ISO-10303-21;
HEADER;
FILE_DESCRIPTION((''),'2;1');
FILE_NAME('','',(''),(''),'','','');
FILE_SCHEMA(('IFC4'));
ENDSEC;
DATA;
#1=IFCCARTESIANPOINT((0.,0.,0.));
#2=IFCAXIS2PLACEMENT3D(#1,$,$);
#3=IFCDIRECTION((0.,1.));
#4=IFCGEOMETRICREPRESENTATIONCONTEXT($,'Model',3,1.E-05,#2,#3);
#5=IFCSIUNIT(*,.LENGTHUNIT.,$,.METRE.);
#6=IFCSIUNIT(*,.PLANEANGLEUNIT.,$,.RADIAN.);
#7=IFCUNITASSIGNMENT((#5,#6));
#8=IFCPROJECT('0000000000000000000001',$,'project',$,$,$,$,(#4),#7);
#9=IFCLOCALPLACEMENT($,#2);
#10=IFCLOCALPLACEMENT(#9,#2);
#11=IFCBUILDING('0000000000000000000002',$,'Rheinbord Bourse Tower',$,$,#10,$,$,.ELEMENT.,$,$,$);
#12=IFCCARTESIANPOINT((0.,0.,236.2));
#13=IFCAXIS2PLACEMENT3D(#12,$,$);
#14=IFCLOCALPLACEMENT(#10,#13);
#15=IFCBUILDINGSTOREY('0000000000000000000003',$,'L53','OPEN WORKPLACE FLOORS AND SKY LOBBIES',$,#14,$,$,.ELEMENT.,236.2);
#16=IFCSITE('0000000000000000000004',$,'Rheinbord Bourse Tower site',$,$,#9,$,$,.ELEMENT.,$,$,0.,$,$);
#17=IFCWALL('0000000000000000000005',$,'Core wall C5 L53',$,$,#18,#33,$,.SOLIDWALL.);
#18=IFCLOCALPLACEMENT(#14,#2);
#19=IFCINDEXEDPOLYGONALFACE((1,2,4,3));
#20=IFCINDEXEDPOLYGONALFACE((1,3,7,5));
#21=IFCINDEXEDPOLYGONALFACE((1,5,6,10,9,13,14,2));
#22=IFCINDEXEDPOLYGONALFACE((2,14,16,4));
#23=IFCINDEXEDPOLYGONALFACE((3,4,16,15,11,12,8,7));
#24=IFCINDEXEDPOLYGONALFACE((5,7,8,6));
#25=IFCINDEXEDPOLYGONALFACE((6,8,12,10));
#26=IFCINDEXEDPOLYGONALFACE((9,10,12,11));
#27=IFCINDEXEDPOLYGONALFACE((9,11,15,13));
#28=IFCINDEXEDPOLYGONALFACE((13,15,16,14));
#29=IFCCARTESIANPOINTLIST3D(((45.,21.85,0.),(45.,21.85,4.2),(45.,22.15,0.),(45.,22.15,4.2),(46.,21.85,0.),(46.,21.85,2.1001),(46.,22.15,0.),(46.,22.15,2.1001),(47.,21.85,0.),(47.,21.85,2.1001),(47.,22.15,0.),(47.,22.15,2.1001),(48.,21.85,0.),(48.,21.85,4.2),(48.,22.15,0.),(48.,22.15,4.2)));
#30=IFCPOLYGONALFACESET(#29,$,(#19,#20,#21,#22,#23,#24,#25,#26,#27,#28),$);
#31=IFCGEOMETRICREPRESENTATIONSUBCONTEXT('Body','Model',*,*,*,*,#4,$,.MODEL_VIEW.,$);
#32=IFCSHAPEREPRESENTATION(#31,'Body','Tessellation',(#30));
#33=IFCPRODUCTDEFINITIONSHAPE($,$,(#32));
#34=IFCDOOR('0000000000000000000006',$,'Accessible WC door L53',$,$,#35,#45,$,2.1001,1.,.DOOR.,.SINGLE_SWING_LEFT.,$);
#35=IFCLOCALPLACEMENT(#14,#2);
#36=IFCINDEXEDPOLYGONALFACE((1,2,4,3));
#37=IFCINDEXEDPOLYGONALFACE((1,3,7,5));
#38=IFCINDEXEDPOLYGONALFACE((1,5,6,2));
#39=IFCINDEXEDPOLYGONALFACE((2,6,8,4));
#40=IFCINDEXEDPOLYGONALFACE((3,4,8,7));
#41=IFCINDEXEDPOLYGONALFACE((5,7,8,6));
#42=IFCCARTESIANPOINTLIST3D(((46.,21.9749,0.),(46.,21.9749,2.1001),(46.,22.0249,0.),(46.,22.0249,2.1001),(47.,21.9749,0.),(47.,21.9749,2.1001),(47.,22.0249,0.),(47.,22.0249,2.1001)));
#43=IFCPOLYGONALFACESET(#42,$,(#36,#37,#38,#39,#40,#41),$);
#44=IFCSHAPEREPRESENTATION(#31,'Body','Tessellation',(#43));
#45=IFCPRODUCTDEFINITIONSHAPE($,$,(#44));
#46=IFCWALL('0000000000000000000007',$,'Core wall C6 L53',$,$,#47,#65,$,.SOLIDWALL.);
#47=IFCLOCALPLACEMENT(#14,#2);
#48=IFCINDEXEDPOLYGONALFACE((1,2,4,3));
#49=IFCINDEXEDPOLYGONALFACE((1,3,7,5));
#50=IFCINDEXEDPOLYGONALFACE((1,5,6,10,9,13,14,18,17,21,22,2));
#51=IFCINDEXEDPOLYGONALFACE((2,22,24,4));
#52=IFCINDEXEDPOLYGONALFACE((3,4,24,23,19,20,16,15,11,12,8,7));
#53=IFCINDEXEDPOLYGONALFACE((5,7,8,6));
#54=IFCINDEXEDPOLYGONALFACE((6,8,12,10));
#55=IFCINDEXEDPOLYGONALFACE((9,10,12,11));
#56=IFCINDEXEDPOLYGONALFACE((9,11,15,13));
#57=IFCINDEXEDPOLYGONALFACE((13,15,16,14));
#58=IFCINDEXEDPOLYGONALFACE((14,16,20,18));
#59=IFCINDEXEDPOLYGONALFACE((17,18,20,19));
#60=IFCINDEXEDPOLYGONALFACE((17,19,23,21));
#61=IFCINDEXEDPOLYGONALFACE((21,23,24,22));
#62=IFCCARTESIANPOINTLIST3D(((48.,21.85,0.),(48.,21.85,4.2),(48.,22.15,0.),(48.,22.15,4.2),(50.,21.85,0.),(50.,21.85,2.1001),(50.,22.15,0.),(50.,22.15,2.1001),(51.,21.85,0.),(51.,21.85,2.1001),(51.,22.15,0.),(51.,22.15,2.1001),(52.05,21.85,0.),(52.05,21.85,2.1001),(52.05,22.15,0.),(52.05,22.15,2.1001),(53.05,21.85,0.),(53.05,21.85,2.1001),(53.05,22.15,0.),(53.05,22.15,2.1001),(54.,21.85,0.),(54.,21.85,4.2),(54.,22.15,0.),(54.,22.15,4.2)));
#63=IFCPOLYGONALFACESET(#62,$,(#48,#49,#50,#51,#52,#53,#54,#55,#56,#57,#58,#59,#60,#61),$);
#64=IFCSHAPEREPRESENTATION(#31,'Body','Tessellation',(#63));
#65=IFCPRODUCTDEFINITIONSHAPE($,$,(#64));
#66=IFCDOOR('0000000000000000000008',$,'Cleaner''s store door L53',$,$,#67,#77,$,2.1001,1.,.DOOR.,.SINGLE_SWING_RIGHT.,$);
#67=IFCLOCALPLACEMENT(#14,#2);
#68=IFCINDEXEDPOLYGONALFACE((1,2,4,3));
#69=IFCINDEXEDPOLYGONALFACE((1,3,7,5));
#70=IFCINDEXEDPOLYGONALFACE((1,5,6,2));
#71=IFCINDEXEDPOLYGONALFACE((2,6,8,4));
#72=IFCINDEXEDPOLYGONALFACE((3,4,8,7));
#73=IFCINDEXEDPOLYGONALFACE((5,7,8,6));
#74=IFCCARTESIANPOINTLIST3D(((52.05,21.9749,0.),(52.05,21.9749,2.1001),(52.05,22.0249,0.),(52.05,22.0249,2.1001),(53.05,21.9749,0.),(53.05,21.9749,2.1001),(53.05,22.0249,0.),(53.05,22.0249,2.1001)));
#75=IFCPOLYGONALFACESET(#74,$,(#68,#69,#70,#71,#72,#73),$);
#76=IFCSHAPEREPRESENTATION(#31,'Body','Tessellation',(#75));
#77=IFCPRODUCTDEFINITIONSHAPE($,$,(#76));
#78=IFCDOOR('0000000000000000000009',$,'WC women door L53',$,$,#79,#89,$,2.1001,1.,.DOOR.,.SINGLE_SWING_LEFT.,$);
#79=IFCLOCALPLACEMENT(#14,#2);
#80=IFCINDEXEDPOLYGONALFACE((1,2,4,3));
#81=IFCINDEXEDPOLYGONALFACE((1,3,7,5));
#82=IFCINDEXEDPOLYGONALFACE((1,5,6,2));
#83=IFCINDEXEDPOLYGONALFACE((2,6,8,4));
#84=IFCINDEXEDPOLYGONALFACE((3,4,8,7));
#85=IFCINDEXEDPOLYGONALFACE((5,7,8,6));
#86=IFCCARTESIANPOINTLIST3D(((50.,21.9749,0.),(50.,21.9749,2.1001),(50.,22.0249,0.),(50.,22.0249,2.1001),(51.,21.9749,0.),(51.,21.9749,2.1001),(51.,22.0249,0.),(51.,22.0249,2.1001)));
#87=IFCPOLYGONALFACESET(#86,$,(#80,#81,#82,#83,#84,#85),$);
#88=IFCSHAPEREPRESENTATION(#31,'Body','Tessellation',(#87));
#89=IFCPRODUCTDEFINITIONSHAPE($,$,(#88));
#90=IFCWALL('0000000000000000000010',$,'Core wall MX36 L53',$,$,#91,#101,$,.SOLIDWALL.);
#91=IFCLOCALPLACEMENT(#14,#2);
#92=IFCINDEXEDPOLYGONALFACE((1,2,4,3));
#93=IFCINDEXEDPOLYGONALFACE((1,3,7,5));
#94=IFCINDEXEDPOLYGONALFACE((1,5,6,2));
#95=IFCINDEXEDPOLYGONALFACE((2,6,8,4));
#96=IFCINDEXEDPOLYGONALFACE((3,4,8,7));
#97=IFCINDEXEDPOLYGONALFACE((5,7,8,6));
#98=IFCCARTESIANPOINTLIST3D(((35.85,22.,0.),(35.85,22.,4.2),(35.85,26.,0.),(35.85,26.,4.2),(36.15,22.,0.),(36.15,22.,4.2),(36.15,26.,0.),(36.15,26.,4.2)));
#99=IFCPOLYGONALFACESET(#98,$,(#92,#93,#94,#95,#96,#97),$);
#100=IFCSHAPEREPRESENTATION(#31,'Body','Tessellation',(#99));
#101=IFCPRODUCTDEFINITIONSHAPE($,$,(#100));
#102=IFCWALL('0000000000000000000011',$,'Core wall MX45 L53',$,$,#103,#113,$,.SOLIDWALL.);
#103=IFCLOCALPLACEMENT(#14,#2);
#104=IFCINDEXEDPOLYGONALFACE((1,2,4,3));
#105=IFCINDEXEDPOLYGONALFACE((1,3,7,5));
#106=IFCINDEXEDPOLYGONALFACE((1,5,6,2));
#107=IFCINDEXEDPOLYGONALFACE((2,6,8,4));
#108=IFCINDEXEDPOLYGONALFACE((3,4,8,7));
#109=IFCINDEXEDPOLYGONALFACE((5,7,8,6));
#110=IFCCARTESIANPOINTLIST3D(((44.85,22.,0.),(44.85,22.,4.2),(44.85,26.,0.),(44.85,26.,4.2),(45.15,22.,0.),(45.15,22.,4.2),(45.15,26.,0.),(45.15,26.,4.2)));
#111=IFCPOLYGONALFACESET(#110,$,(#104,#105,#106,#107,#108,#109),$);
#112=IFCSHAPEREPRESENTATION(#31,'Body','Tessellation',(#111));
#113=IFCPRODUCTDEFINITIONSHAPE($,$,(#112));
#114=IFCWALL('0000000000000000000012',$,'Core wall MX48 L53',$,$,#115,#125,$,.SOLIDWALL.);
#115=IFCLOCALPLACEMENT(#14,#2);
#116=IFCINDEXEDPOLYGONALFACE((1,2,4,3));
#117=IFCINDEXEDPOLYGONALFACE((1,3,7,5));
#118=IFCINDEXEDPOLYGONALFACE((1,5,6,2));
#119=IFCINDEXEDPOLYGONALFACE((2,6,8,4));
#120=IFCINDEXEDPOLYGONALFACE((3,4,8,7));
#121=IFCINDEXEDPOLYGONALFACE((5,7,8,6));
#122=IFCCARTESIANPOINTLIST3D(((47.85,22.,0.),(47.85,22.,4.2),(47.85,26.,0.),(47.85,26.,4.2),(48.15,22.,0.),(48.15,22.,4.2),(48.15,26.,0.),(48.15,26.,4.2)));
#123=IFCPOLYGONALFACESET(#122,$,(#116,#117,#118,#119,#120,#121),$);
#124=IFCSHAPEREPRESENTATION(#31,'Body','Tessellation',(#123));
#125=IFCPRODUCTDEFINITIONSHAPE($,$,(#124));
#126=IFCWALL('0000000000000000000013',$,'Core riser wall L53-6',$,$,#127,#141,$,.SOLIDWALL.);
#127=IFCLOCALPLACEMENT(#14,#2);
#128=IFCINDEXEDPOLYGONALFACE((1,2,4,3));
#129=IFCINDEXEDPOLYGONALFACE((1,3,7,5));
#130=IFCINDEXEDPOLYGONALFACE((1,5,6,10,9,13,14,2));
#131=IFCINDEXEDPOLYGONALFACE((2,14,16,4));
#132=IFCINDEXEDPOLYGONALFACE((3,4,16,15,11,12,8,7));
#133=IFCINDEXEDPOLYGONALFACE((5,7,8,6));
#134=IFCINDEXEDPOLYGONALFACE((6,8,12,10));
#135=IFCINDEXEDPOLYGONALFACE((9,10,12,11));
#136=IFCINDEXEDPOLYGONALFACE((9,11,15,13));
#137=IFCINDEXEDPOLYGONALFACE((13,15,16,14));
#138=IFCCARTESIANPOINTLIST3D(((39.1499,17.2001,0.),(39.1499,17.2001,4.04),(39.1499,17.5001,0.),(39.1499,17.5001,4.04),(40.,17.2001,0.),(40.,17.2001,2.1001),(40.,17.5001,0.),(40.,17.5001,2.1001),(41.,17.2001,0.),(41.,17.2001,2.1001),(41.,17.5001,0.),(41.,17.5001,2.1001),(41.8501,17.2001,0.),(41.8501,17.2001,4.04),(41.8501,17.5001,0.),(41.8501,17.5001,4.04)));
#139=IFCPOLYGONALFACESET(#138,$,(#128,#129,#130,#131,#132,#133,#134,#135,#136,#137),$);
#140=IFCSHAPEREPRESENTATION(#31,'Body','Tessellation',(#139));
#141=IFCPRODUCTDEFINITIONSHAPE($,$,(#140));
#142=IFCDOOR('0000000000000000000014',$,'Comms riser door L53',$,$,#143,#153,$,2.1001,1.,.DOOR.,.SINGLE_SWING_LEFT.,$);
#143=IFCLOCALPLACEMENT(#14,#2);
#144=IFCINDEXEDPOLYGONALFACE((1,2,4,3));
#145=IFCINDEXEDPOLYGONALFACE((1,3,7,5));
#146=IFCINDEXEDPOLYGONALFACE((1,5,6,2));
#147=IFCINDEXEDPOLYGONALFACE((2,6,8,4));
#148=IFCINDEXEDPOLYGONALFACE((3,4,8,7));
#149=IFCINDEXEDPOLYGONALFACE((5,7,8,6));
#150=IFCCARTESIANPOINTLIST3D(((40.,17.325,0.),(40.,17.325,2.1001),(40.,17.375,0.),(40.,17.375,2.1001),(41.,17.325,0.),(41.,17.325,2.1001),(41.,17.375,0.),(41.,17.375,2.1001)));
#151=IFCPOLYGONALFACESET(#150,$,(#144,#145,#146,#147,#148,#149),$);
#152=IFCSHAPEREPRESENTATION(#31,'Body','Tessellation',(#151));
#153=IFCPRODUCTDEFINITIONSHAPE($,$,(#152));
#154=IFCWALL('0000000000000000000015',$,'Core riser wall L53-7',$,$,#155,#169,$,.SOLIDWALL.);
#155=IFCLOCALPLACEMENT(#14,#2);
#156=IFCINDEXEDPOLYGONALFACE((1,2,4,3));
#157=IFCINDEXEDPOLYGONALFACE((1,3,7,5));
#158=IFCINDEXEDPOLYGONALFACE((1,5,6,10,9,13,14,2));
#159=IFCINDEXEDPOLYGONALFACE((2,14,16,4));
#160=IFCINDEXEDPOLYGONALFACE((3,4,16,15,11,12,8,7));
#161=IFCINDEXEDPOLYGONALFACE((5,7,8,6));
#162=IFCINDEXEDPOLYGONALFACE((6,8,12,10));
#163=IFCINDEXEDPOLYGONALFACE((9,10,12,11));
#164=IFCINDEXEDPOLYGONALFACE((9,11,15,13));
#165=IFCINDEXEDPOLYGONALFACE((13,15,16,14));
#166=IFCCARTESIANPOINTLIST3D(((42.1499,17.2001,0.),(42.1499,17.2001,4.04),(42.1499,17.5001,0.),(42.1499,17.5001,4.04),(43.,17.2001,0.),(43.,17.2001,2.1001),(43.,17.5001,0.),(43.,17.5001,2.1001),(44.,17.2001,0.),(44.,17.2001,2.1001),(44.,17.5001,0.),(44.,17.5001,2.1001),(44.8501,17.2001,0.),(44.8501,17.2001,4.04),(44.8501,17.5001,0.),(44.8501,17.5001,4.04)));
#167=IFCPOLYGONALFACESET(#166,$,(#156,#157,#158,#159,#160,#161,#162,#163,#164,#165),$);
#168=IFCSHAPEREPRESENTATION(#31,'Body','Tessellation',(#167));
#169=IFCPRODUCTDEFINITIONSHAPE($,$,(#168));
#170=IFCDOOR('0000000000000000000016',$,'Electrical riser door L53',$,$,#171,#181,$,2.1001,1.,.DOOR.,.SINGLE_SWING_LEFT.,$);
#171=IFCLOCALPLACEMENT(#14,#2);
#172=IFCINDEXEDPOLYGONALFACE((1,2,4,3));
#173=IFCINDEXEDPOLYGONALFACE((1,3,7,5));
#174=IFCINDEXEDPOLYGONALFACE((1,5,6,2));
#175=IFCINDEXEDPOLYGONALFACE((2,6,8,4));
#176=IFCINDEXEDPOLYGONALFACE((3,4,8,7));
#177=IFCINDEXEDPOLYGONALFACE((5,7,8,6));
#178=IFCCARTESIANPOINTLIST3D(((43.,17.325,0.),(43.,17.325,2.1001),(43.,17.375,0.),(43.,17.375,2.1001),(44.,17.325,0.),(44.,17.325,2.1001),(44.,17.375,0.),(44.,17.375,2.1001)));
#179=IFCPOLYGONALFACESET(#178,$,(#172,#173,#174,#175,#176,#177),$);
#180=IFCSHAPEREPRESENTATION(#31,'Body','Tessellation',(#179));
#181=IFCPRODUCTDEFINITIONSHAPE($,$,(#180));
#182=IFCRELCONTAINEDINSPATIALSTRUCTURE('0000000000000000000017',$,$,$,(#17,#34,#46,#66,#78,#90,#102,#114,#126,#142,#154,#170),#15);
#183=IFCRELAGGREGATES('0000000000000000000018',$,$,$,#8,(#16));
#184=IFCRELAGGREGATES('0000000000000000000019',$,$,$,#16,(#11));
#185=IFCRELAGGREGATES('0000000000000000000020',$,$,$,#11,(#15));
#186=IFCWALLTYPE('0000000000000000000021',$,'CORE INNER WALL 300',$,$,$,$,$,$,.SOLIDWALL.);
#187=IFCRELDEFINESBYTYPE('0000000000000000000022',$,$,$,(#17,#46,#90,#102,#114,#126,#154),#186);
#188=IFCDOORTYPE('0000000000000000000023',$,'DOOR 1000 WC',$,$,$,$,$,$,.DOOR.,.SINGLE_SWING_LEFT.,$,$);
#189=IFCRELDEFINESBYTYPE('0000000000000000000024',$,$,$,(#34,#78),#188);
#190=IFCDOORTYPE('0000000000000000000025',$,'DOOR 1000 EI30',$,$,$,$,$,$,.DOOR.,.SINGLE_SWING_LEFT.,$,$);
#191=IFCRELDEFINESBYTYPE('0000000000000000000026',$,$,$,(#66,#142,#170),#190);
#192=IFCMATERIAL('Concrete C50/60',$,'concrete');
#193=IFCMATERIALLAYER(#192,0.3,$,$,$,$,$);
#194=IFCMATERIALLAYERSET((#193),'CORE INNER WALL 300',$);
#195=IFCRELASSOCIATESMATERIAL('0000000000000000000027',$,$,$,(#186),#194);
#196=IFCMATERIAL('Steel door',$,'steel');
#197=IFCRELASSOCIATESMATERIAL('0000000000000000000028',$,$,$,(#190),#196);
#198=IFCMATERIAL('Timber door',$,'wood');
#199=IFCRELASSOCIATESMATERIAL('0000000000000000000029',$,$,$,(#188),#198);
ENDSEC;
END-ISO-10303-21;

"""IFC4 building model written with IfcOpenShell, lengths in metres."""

from ifc_helpers import new_model, si_unit, direction, frame, frame_2d, origin, place, context, subcontext, project, spatial, rectangle, extrude, material, layer, layer_set, type_object, element, fill, save


model = new_model("IFC4")

# Units and contexts
model_context = context("Model", 3, precision=1e-05, world=origin(), true_north=direction((0.0, 1.0)))
body_context = subcontext(model_context, "Body", "Model", "MODEL_VIEW")
ifc_project = project(units=[si_unit("LENGTHUNIT", "METRE"), si_unit("PLANEANGLEUNIT", "RADIAN")], contexts=[model_context])

# Site, building, storey
site_placement = place(None, origin())
site = spatial("IfcSite", under=ifc_project, at=site_placement, Name="Rheinbord Bourse Tower site", CompositionType="ELEMENT", RefElevation=0.0)
building_placement = place(site_placement, origin())
building = spatial("IfcBuilding", under=site, at=building_placement, Name="Rheinbord Bourse Tower", CompositionType="ELEMENT")
storey_placement = place(building_placement, frame((0.0, 0.0, 236.2)))
storey = spatial("IfcBuildingStorey", under=building, at=storey_placement, Name="L53", Description="OPEN WORKPLACE FLOORS AND SKY LOBBIES", CompositionType="ELEMENT", Elevation=236.2)

# Wall, opening, door
ifc_material_1 = material(Name="Concrete C50/60", Category="concrete")
ifc_layer_1 = layer(ifc_material_1, 0.3)
ifc_layer_set_1 = layer_set([ifc_layer_1], Name="CORE INNER WALL 300")
wall_type_1 = type_object("IfcWallType", Name="CORE INNER WALL 300", PredefinedType="SOLIDWALL", material=ifc_layer_set_1)
ifc_material_2 = material(Name="Steel door", Category="steel")
door_type_1 = type_object("IfcDoorType", Name="DOOR 1000 EI30", OperationType="SINGLE_SWING_LEFT", PredefinedType="DOOR", material=ifc_material_2)
wall_1_placement = place(storey_placement, frame((45.0, 22.0, 0.0), z_axis=(0.0, 0.0, 1.0), x_axis=(1.0, 0.0, 0.0)))
wall_1 = element("IfcWall", 1, at=wall_1_placement, inside=storey, type_object=wall_type_1, Name="Core wall C5 L53", PredefinedType="SOLIDWALL", context=body_context, shape_type="SweptSolid", body=[
    extrude(rectangle(XDim=3.0, YDim=0.3, at=frame_2d((1.5, 0.0))), origin(), (0.0, 0.0, 1.0), 4.2),
])
opening_1_placement = place(wall_1_placement, frame((1.0, 0.0, 0.0)))
opening_1 = element("IfcOpeningElement", 2, at=opening_1_placement, cuts=wall_1, PredefinedType="OPENING", context=body_context, shape_type="SweptSolid", body=[
    extrude(rectangle(XDim=1.0, YDim=2.1001, at=frame_2d((0.5, 1.05))), frame((0.0, 0.1599, 0.0), z_axis=(0.0, -1.0, 0.0), x_axis=(1.0, 0.0, 0.0)), (0.0, 0.0, 1.0), 0.3201),
])
ifc_material_3 = material(Name="Timber door", Category="wood")
door_type_2 = type_object("IfcDoorType", Name="DOOR 1000 WC", OperationType="SINGLE_SWING_LEFT", PredefinedType="DOOR", material=ifc_material_3)
door_1_placement = place(opening_1_placement, origin())
door_1 = element("IfcDoor", 3, at=door_1_placement, inside=storey, type_object=door_type_2, Name="Accessible WC door L53", OperationType="SINGLE_SWING_LEFT", OverallHeight=2.1001, OverallWidth=1.0, PredefinedType="DOOR", context=body_context, shape_type="SweptSolid", body=[
    extrude(rectangle(XDim=1.0, YDim=2.1001, at=frame_2d((0.5, 1.05))), frame((0.0, 0.0249, 0.0), z_axis=(0.0, -1.0, 0.0), x_axis=(1.0, 0.0, 0.0)), (0.0, 0.0, 1.0), 0.05),
])
fill(opening_1, door_1)

# Wall, openings, doors
wall_2_placement = place(storey_placement, frame((48.0, 22.0, 0.0), z_axis=(0.0, 0.0, 1.0), x_axis=(1.0, 0.0, 0.0)))
wall_2 = element("IfcWall", 4, at=wall_2_placement, inside=storey, type_object=wall_type_1, Name="Core wall C6 L53", PredefinedType="SOLIDWALL", context=body_context, shape_type="SweptSolid", body=[
    extrude(rectangle(XDim=6.0, YDim=0.3, at=frame_2d((3.0, 0.0))), origin(), (0.0, 0.0, 1.0), 4.2),
])
opening_2_placement = place(wall_2_placement, frame((2.0, 0.0, 0.0)))
opening_2 = element("IfcOpeningElement", 5, at=opening_2_placement, cuts=wall_2, PredefinedType="OPENING", context=body_context, shape_type="SweptSolid", body=[
    extrude(rectangle(XDim=1.0, YDim=2.1001, at=frame_2d((0.5, 1.05))), frame((0.0, 0.1599, 0.0), z_axis=(0.0, -1.0, 0.0), x_axis=(1.0, 0.0, 0.0)), (0.0, 0.0, 1.0), 0.3201),
])
opening_3_placement = place(wall_2_placement, frame((4.05, 0.0, 0.0)))
opening_3 = element("IfcOpeningElement", 6, at=opening_3_placement, cuts=wall_2, PredefinedType="OPENING", context=body_context, shape_type="SweptSolid", body=[
    extrude(rectangle(XDim=1.0, YDim=2.1001, at=frame_2d((0.5, 1.05))), frame((0.0, 0.1599, 0.0), z_axis=(0.0, -1.0, 0.0), x_axis=(1.0, 0.0, 0.0)), (0.0, 0.0, 1.0), 0.3201),
])
door_2_placement = place(opening_3_placement, origin())
door_2 = element("IfcDoor", 7, at=door_2_placement, inside=storey, type_object=door_type_1, Name="Cleaner's store door L53", OperationType="SINGLE_SWING_RIGHT", OverallHeight=2.1001, OverallWidth=1.0, PredefinedType="DOOR", context=body_context, shape_type="SweptSolid", body=[
    extrude(rectangle(XDim=1.0, YDim=2.1001, at=frame_2d((0.5, 1.05))), frame((0.0, 0.0249, 0.0), z_axis=(0.0, -1.0, 0.0), x_axis=(1.0, 0.0, 0.0)), (0.0, 0.0, 1.0), 0.05),
])
fill(opening_3, door_2)
door_3_placement = place(opening_2_placement, origin())
door_3 = element("IfcDoor", 8, at=door_3_placement, inside=storey, type_object=door_type_2, Name="WC women door L53", OperationType="SINGLE_SWING_LEFT", OverallHeight=2.1001, OverallWidth=1.0, PredefinedType="DOOR", context=body_context, shape_type="SweptSolid", body=[
    extrude(rectangle(XDim=1.0, YDim=2.1001, at=frame_2d((0.5, 1.05))), frame((0.0, 0.0249, 0.0), z_axis=(0.0, -1.0, 0.0), x_axis=(1.0, 0.0, 0.0)), (0.0, 0.0, 1.0), 0.05),
])
fill(opening_2, door_3)

# Walls
for number, where, z_axis, x_axis, name in (
    (9, (36.0, 22.0, 0.0), (0.0, 0.0, 1.0), (0.0, 1.0, 0.0), "Core wall MX36 L53"),
    (10, (45.0, 22.0, 0.0), (0.0, 0.0, 1.0), (0.0, 1.0, 0.0), "Core wall MX45 L53"),
    (11, (48.0, 22.0, 0.0), (0.0, 0.0, 1.0), (0.0, 1.0, 0.0), "Core wall MX48 L53"),
):
    element("IfcWall", number, at=place(storey_placement, frame(where, z_axis=z_axis, x_axis=x_axis)), inside=storey, type_object=wall_type_1, Name=name, PredefinedType="SOLIDWALL", context=body_context, shape_type="SweptSolid", body=[
        extrude(rectangle(XDim=4.0, YDim=0.3, at=frame_2d((2.0, 0.0))), origin(), (0.0, 0.0, 1.0), 4.2),
    ])

# Walls, openings, doors
wall_3_placement = place(storey_placement, frame((39.1499, 17.3501, 0.0), z_axis=(0.0, 0.0, 1.0), x_axis=(1.0, 0.0, 0.0)))
wall_3 = element("IfcWall", 12, at=wall_3_placement, inside=storey, type_object=wall_type_1, Name="Core riser wall L53-6", PredefinedType="SOLIDWALL", context=body_context, shape_type="SweptSolid", body=[
    extrude(rectangle(XDim=2.7002, YDim=0.3, at=frame_2d((1.3501, 0.0))), origin(), (0.0, 0.0, 1.0), 4.04),
])
opening_4_placement = place(wall_3_placement, frame((0.8501, 0.0, 0.0)))
opening_4 = element("IfcOpeningElement", 13, at=opening_4_placement, cuts=wall_3, PredefinedType="OPENING", context=body_context, shape_type="SweptSolid", body=[
    extrude(rectangle(XDim=1.0, YDim=2.1001, at=frame_2d((0.5, 1.05))), frame((0.0, 0.1599, 0.0), z_axis=(0.0, -1.0, 0.0), x_axis=(1.0, 0.0, 0.0)), (0.0, 0.0, 1.0), 0.3201),
])
door_4_placement = place(opening_4_placement, origin())
door_4 = element("IfcDoor", 14, at=door_4_placement, inside=storey, type_object=door_type_1, Name="Comms riser door L53", OperationType="SINGLE_SWING_LEFT", OverallHeight=2.1001, OverallWidth=1.0, PredefinedType="DOOR", context=body_context, shape_type="SweptSolid", body=[
    extrude(rectangle(XDim=1.0, YDim=2.1001, at=frame_2d((0.5, 1.05))), frame((0.0, 0.0249, 0.0), z_axis=(0.0, -1.0, 0.0), x_axis=(1.0, 0.0, 0.0)), (0.0, 0.0, 1.0), 0.05),
])
fill(opening_4, door_4)
wall_4_placement = place(storey_placement, frame((42.1499, 17.3501, 0.0), z_axis=(0.0, 0.0, 1.0), x_axis=(1.0, 0.0, 0.0)))
wall_4 = element("IfcWall", 15, at=wall_4_placement, inside=storey, type_object=wall_type_1, Name="Core riser wall L53-7", PredefinedType="SOLIDWALL", context=body_context, shape_type="SweptSolid", body=[
    extrude(rectangle(XDim=2.7002, YDim=0.3, at=frame_2d((1.3501, 0.0))), origin(), (0.0, 0.0, 1.0), 4.04),
])
opening_5_placement = place(wall_4_placement, frame((0.8501, 0.0, 0.0)))
opening_5 = element("IfcOpeningElement", 16, at=opening_5_placement, cuts=wall_4, PredefinedType="OPENING", context=body_context, shape_type="SweptSolid", body=[
    extrude(rectangle(XDim=1.0, YDim=2.1001, at=frame_2d((0.5, 1.05))), frame((0.0, 0.1599, 0.0), z_axis=(0.0, -1.0, 0.0), x_axis=(1.0, 0.0, 0.0)), (0.0, 0.0, 1.0), 0.3201),
])
door_5_placement = place(opening_5_placement, origin())
door_5 = element("IfcDoor", 17, at=door_5_placement, inside=storey, type_object=door_type_1, Name="Electrical riser door L53", OperationType="SINGLE_SWING_LEFT", OverallHeight=2.1001, OverallWidth=1.0, PredefinedType="DOOR", context=body_context, shape_type="SweptSolid", body=[
    extrude(rectangle(XDim=1.0, YDim=2.1001, at=frame_2d((0.5, 1.05))), frame((0.0, 0.0249, 0.0), z_axis=(0.0, -1.0, 0.0), x_axis=(1.0, 0.0, 0.0)), (0.0, 0.0, 1.0), 0.05),
])
fill(opening_5, door_5)

save(model, "model.ifc")
